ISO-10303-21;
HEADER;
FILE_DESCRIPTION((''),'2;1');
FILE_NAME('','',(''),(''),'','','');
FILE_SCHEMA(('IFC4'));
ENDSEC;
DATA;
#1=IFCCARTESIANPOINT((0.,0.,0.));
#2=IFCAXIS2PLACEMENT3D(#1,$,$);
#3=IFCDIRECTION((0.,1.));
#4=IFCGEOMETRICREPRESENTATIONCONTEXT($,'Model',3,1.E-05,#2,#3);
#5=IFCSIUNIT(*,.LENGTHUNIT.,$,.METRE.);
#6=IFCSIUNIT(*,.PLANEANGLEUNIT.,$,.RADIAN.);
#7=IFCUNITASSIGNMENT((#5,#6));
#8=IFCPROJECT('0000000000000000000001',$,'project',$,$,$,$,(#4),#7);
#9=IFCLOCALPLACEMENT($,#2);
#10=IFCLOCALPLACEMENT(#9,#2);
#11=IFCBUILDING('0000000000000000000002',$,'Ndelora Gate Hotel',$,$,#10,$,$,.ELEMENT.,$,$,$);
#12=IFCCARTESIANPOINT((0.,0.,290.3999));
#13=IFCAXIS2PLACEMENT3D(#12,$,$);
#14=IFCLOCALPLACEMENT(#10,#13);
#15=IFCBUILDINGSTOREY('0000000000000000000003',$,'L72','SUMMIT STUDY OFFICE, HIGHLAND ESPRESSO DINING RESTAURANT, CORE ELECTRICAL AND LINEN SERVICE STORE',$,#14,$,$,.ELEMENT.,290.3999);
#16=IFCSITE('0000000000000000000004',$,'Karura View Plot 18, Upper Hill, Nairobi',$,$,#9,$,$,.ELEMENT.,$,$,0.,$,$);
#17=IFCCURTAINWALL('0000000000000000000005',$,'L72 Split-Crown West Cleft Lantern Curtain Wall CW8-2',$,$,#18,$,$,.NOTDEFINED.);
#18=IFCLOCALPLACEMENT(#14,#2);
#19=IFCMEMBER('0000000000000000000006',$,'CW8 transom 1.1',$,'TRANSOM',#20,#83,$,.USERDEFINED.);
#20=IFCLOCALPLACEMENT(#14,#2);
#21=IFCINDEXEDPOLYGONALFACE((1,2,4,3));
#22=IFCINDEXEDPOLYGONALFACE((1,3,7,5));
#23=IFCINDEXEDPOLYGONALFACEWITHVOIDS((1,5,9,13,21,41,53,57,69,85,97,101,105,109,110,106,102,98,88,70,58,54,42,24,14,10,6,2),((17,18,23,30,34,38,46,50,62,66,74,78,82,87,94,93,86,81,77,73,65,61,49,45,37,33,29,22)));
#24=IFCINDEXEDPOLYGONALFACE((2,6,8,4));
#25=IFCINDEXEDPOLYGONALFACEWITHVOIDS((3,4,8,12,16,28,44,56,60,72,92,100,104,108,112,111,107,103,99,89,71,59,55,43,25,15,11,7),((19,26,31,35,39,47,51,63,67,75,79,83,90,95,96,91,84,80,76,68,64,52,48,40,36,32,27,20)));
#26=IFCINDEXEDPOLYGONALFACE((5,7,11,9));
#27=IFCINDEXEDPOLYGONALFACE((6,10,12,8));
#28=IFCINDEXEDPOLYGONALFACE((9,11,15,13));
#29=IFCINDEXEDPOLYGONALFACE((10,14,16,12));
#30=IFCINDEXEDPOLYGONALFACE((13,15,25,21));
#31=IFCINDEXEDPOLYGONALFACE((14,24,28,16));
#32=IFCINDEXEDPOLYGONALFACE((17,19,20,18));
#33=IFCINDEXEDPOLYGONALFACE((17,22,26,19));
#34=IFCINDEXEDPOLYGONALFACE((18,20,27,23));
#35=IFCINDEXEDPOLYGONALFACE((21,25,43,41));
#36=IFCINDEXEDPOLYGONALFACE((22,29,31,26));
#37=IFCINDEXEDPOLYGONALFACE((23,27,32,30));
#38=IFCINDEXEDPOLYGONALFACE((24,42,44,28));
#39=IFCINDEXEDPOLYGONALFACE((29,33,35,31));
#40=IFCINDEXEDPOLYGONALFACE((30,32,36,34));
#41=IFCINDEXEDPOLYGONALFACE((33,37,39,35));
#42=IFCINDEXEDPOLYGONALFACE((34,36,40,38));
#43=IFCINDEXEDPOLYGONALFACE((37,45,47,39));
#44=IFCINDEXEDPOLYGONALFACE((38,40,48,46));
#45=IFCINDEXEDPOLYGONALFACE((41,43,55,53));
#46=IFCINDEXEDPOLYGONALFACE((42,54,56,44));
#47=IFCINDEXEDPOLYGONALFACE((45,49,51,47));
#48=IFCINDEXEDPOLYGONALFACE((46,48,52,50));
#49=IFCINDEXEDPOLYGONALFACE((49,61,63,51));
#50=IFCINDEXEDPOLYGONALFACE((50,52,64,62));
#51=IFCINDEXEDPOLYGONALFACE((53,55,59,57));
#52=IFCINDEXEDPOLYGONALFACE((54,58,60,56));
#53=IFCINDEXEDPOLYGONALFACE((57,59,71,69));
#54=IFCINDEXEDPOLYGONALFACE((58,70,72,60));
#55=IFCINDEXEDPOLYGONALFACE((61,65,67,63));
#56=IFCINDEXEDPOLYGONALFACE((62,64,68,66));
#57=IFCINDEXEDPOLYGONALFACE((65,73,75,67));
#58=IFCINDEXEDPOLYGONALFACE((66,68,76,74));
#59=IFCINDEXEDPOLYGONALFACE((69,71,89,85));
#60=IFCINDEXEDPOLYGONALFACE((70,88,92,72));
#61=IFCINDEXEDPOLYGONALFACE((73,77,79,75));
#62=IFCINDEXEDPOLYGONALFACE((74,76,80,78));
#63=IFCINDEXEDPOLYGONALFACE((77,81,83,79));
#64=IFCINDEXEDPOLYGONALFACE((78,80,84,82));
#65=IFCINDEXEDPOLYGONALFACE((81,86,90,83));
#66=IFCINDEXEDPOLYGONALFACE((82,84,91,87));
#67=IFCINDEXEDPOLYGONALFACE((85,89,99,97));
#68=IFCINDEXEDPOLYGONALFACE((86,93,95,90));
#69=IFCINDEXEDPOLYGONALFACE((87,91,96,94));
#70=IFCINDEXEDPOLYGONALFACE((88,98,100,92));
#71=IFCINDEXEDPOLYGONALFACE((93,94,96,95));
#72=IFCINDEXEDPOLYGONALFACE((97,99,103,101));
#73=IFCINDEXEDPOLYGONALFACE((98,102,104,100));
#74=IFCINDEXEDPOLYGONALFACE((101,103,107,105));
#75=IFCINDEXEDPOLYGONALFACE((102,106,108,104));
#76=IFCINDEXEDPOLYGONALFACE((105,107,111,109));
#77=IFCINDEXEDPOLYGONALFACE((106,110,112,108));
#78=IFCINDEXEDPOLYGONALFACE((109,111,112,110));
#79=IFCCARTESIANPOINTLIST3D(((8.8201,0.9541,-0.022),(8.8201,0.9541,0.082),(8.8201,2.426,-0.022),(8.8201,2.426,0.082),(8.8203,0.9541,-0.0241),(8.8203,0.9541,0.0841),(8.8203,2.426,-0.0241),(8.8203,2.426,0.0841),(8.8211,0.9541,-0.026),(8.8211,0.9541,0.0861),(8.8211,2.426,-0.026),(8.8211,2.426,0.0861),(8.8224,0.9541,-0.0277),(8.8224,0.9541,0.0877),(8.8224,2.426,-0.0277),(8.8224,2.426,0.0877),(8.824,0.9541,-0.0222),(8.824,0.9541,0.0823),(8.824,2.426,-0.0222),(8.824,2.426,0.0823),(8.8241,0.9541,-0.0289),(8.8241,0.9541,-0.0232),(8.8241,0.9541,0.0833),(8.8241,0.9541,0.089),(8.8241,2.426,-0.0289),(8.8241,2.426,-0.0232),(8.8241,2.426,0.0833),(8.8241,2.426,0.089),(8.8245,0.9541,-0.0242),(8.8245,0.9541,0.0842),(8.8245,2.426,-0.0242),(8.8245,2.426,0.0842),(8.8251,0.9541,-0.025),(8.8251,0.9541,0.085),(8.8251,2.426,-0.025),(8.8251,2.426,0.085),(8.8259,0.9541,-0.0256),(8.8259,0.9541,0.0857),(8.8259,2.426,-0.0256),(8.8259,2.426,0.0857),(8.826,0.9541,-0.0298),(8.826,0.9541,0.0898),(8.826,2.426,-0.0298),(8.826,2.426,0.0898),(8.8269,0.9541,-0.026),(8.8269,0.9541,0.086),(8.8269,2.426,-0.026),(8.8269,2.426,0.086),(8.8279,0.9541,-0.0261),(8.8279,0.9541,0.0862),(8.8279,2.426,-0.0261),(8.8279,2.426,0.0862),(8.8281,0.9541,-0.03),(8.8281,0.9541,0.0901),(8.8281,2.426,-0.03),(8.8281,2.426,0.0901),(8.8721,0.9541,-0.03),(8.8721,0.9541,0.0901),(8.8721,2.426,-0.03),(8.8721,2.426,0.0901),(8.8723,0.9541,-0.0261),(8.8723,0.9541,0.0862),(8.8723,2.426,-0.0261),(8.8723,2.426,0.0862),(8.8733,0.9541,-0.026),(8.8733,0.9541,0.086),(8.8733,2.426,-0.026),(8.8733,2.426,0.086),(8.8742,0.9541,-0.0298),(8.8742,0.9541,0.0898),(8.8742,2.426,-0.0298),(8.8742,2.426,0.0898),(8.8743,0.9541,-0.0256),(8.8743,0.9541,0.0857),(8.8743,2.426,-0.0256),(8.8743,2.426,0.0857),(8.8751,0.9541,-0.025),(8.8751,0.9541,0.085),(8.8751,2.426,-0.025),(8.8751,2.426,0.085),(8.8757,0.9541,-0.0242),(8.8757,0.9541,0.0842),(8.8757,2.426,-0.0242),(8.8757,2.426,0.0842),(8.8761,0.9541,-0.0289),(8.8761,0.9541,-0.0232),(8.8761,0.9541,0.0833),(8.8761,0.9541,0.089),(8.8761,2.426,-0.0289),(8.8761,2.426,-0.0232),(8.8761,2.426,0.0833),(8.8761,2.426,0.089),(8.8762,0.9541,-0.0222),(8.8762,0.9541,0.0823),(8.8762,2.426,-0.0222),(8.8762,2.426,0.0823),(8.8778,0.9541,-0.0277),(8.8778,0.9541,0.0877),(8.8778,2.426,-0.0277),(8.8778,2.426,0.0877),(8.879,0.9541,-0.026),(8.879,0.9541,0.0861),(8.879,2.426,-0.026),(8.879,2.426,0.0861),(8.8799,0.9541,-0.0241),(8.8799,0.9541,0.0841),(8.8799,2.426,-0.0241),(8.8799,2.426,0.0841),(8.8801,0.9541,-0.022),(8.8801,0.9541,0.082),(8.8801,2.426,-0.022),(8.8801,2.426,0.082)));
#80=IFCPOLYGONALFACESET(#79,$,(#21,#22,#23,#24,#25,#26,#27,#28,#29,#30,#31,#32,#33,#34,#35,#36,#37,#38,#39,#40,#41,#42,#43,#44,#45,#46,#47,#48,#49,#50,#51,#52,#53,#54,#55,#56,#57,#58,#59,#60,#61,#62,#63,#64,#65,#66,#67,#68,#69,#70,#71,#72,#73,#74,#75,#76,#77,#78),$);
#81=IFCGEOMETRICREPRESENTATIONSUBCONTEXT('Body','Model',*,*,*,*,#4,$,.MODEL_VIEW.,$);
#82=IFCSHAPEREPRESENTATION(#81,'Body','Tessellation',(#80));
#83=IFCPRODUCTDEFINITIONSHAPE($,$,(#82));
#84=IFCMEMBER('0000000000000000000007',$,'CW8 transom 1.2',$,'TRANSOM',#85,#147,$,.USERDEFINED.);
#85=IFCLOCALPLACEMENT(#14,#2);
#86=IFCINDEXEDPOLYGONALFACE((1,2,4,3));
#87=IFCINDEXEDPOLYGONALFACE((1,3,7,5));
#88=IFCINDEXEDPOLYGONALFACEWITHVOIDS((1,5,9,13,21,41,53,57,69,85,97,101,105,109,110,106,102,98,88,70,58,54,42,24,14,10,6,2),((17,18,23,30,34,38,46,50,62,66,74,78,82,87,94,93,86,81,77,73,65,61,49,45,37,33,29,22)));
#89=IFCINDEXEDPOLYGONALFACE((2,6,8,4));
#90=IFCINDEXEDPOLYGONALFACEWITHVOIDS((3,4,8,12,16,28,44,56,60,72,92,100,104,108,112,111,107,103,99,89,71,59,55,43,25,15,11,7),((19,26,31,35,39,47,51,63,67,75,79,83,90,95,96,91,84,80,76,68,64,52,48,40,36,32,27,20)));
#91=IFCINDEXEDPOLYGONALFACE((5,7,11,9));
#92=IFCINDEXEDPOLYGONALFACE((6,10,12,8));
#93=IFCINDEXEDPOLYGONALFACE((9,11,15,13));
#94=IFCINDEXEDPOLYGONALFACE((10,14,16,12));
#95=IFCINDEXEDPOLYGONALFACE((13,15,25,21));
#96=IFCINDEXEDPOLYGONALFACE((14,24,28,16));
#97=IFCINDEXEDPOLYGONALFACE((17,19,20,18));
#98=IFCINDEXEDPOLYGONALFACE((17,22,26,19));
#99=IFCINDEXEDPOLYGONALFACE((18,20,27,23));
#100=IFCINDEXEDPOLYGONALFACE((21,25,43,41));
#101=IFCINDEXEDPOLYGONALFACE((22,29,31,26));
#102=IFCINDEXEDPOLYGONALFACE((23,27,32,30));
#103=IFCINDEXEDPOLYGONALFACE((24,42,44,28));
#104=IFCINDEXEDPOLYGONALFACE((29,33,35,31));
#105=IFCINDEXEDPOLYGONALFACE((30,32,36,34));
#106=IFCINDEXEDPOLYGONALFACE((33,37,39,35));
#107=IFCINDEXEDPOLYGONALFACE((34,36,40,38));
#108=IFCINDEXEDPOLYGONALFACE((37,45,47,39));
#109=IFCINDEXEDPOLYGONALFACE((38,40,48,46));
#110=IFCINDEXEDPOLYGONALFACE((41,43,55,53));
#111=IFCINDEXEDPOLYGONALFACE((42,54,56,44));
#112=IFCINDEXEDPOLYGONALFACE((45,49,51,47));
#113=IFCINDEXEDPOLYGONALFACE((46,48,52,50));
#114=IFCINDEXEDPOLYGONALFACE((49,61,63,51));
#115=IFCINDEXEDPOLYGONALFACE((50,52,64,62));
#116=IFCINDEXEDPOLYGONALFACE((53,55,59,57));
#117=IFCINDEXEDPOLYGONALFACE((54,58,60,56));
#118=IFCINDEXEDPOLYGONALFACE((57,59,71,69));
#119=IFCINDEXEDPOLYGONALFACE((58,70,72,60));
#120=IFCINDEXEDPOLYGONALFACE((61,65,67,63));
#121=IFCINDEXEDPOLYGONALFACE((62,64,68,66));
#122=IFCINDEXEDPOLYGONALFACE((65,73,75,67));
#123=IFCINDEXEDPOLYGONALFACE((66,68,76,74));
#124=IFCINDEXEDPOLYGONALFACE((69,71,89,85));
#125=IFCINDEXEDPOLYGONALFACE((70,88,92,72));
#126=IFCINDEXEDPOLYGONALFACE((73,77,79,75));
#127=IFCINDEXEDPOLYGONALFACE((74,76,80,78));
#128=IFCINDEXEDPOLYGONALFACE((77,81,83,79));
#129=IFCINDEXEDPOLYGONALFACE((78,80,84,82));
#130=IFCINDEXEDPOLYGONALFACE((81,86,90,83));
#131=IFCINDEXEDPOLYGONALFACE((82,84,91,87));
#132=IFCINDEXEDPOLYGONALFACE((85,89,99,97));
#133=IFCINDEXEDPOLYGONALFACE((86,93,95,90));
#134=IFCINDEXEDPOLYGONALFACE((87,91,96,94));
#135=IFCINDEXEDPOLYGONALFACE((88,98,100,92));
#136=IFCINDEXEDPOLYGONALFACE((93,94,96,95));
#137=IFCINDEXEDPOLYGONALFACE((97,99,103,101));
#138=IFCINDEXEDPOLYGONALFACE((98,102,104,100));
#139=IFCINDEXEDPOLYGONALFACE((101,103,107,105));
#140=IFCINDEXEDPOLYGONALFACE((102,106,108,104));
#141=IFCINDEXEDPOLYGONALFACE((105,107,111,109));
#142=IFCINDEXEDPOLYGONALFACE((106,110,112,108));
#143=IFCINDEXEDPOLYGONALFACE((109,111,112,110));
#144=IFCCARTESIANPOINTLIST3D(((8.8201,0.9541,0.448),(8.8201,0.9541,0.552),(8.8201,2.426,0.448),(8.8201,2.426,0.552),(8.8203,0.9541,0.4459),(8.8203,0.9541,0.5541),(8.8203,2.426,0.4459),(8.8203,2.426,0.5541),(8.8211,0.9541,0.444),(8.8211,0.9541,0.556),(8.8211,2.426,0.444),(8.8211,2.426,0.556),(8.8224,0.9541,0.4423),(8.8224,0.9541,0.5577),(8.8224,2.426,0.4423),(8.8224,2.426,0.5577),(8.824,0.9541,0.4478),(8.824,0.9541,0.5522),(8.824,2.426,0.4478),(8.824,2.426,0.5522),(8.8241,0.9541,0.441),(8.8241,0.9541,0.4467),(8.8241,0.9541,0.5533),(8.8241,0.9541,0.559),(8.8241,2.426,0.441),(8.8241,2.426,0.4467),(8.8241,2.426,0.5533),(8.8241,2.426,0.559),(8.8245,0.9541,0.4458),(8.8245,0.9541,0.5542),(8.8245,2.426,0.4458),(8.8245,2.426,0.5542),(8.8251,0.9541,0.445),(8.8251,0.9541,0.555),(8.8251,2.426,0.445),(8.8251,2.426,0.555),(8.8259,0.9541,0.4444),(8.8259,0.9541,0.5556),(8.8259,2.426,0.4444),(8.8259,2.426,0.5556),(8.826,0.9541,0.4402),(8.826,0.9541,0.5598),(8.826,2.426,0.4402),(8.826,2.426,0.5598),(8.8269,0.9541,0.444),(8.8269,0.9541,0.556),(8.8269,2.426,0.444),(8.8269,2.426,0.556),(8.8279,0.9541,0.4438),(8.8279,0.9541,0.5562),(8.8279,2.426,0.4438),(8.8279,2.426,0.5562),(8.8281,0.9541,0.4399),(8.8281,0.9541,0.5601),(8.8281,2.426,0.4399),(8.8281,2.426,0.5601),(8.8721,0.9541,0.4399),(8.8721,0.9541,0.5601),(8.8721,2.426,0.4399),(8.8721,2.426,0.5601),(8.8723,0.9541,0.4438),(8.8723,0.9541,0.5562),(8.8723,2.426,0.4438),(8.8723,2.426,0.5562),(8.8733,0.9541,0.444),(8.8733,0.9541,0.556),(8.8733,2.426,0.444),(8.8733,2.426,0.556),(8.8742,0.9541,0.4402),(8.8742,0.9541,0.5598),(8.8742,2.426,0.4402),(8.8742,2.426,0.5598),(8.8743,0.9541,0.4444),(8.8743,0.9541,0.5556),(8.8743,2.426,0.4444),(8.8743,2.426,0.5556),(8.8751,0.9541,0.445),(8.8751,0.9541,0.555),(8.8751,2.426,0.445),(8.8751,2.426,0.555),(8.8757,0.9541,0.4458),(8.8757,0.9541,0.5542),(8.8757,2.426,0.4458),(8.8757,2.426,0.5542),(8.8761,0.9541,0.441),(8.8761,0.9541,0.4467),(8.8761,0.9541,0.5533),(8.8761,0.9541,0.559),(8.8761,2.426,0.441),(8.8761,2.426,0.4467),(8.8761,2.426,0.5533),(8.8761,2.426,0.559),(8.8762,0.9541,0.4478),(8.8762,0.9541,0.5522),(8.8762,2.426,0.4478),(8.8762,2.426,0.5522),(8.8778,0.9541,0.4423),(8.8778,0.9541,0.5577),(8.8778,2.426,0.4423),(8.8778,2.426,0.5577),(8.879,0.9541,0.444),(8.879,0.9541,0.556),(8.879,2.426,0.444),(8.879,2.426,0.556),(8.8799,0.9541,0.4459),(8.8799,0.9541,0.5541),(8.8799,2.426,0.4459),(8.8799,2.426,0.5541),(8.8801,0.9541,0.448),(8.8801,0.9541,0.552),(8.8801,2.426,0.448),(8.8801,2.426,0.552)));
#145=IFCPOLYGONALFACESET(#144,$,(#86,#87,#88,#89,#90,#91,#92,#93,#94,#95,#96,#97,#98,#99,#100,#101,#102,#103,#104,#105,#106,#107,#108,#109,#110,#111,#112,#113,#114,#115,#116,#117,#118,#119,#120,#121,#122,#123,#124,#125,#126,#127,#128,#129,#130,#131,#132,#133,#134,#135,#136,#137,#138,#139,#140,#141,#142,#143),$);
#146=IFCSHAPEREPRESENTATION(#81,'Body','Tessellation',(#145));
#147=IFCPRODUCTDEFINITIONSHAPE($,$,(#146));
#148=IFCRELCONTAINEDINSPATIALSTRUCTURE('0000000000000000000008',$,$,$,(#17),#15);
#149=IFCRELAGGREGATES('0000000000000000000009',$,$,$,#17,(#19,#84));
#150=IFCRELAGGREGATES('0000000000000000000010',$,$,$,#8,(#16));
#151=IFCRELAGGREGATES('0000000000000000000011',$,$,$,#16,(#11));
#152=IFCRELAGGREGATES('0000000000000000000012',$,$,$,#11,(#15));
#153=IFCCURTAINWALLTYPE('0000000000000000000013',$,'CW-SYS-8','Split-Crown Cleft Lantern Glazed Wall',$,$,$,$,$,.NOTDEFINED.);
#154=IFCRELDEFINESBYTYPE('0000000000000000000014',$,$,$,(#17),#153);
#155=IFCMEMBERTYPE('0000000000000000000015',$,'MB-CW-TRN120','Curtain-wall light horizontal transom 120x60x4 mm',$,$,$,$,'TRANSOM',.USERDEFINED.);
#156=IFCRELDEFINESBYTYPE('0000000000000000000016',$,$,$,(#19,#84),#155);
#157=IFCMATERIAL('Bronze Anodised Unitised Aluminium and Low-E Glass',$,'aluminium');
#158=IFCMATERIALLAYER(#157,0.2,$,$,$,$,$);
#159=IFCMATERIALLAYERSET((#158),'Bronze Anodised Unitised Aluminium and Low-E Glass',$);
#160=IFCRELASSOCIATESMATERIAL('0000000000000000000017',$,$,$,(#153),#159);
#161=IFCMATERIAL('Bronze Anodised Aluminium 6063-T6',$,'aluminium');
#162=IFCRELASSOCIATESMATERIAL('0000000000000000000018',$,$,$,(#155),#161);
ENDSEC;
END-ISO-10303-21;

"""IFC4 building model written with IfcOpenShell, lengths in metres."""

from ifc_helpers import new_model, si_unit, direction, frame, origin, origin_2d, place, context, subcontext, project, spatial, hollow_rectangle, extrude, material, layer, layer_set, material_profile, profile_set, type_object, element, aggregate, save


model = new_model("IFC4")

# Units and contexts
model_context = context("Model", 3, precision=1e-05, world=origin(), true_north=direction((0.0, 1.0)))
body_context = subcontext(model_context, "Body", "Model", "MODEL_VIEW")
ifc_project = project(units=[si_unit("LENGTHUNIT", "METRE"), si_unit("PLANEANGLEUNIT", "RADIAN")], contexts=[model_context])

# Site, building, storey
site_placement = place(None, origin())
site = spatial("IfcSite", under=ifc_project, at=site_placement, Name="Karura View Plot 18, Upper Hill, Nairobi", CompositionType="ELEMENT", RefElevation=0.0)
building_placement = place(site_placement, origin())
building = spatial("IfcBuilding", under=site, at=building_placement, Name="Ndelora Gate Hotel", CompositionType="ELEMENT")
storey_placement = place(building_placement, frame((0.0, 0.0, 290.3999)))
storey = spatial("IfcBuildingStorey", under=building, at=storey_placement, Name="L72", Description="SUMMIT STUDY OFFICE, HIGHLAND ESPRESSO DINING RESTAURANT, CORE ELECTRICAL AND LINEN SERVICE STORE", CompositionType="ELEMENT", Elevation=290.3999)

# Curtain wall, members
ifc_material_1 = material(Name="Bronze Anodised Unitised Aluminium and Low-E Glass", Category="aluminium")
ifc_layer_1 = layer(ifc_material_1, 0.2)
ifc_layer_set_1 = layer_set([ifc_layer_1], Name="Bronze Anodised Unitised Aluminium and Low-E Glass")
curtain_wall_type = type_object("IfcCurtainWallType", Name="CW-SYS-8", Description="Split-Crown Cleft Lantern Glazed Wall", PredefinedType="NOTDEFINED", material=ifc_layer_set_1)
curtain_wall_1_placement = place(storey_placement, origin())
curtain_wall_1 = element("IfcCurtainWall", 1, at=curtain_wall_1_placement, inside=storey, type_object=curtain_wall_type, Name="L72 Split-Crown West Cleft Lantern Curtain Wall CW8-2", PredefinedType="NOTDEFINED")
ifc_material_2 = material(Name="Bronze Anodised Aluminium 6063-T6", Category="aluminium")
ifc_material_profile_1 = material_profile(ifc_material_2, hollow_rectangle(XDim=0.0601, YDim=0.1201, WallThickness=0.0039, InnerFilletRadius=0.0039, OuterFilletRadius=0.0081, at=origin_2d()), Name="ALU 120x60x4")
ifc_profile_set_1 = profile_set([ifc_material_profile_1], Name="Bronze Anodised Aluminium 6063-T6")
member_type_1 = type_object("IfcMemberType", Name="MB-CW-TRN120", Description="Curtain-wall light horizontal transom 120x60x4 mm", ElementType="TRANSOM", PredefinedType="USERDEFINED", material=ifc_profile_set_1)
member_1_placement = place(storey_placement, frame((8.8501, 0.9541, 0.03), z_axis=(0.0, 1.0, 0.0), x_axis=(-1.0, 0.0, 0.0)))
member_1 = element("IfcMember", 2, at=member_1_placement, type_object=member_type_1, Name="CW8 transom 1.1", ObjectType="TRANSOM", PredefinedType="USERDEFINED", context=body_context, shape_type="SweptSolid", body=[
    extrude(hollow_rectangle(XDim=0.0601, YDim=0.1201, WallThickness=0.0039, InnerFilletRadius=0.0039, OuterFilletRadius=0.0081, at=origin_2d()), origin(), (0.0, 0.0, 1.0), 1.4719),
])
member_2_placement = place(storey_placement, frame((8.8501, 0.9541, 0.5), z_axis=(0.0, 1.0, 0.0), x_axis=(-1.0, 0.0, 0.0)))
member_2 = element("IfcMember", 3, at=member_2_placement, type_object=member_type_1, Name="CW8 transom 1.2", ObjectType="TRANSOM", PredefinedType="USERDEFINED", context=body_context, shape_type="SweptSolid", body=[
    extrude(hollow_rectangle(XDim=0.0601, YDim=0.1201, WallThickness=0.0039, InnerFilletRadius=0.0039, OuterFilletRadius=0.0081, at=origin_2d()), origin(), (0.0, 0.0, 1.0), 1.4719),
])

aggregate(curtain_wall_1, [member_1, member_2])

save(model, "model.ifc")
